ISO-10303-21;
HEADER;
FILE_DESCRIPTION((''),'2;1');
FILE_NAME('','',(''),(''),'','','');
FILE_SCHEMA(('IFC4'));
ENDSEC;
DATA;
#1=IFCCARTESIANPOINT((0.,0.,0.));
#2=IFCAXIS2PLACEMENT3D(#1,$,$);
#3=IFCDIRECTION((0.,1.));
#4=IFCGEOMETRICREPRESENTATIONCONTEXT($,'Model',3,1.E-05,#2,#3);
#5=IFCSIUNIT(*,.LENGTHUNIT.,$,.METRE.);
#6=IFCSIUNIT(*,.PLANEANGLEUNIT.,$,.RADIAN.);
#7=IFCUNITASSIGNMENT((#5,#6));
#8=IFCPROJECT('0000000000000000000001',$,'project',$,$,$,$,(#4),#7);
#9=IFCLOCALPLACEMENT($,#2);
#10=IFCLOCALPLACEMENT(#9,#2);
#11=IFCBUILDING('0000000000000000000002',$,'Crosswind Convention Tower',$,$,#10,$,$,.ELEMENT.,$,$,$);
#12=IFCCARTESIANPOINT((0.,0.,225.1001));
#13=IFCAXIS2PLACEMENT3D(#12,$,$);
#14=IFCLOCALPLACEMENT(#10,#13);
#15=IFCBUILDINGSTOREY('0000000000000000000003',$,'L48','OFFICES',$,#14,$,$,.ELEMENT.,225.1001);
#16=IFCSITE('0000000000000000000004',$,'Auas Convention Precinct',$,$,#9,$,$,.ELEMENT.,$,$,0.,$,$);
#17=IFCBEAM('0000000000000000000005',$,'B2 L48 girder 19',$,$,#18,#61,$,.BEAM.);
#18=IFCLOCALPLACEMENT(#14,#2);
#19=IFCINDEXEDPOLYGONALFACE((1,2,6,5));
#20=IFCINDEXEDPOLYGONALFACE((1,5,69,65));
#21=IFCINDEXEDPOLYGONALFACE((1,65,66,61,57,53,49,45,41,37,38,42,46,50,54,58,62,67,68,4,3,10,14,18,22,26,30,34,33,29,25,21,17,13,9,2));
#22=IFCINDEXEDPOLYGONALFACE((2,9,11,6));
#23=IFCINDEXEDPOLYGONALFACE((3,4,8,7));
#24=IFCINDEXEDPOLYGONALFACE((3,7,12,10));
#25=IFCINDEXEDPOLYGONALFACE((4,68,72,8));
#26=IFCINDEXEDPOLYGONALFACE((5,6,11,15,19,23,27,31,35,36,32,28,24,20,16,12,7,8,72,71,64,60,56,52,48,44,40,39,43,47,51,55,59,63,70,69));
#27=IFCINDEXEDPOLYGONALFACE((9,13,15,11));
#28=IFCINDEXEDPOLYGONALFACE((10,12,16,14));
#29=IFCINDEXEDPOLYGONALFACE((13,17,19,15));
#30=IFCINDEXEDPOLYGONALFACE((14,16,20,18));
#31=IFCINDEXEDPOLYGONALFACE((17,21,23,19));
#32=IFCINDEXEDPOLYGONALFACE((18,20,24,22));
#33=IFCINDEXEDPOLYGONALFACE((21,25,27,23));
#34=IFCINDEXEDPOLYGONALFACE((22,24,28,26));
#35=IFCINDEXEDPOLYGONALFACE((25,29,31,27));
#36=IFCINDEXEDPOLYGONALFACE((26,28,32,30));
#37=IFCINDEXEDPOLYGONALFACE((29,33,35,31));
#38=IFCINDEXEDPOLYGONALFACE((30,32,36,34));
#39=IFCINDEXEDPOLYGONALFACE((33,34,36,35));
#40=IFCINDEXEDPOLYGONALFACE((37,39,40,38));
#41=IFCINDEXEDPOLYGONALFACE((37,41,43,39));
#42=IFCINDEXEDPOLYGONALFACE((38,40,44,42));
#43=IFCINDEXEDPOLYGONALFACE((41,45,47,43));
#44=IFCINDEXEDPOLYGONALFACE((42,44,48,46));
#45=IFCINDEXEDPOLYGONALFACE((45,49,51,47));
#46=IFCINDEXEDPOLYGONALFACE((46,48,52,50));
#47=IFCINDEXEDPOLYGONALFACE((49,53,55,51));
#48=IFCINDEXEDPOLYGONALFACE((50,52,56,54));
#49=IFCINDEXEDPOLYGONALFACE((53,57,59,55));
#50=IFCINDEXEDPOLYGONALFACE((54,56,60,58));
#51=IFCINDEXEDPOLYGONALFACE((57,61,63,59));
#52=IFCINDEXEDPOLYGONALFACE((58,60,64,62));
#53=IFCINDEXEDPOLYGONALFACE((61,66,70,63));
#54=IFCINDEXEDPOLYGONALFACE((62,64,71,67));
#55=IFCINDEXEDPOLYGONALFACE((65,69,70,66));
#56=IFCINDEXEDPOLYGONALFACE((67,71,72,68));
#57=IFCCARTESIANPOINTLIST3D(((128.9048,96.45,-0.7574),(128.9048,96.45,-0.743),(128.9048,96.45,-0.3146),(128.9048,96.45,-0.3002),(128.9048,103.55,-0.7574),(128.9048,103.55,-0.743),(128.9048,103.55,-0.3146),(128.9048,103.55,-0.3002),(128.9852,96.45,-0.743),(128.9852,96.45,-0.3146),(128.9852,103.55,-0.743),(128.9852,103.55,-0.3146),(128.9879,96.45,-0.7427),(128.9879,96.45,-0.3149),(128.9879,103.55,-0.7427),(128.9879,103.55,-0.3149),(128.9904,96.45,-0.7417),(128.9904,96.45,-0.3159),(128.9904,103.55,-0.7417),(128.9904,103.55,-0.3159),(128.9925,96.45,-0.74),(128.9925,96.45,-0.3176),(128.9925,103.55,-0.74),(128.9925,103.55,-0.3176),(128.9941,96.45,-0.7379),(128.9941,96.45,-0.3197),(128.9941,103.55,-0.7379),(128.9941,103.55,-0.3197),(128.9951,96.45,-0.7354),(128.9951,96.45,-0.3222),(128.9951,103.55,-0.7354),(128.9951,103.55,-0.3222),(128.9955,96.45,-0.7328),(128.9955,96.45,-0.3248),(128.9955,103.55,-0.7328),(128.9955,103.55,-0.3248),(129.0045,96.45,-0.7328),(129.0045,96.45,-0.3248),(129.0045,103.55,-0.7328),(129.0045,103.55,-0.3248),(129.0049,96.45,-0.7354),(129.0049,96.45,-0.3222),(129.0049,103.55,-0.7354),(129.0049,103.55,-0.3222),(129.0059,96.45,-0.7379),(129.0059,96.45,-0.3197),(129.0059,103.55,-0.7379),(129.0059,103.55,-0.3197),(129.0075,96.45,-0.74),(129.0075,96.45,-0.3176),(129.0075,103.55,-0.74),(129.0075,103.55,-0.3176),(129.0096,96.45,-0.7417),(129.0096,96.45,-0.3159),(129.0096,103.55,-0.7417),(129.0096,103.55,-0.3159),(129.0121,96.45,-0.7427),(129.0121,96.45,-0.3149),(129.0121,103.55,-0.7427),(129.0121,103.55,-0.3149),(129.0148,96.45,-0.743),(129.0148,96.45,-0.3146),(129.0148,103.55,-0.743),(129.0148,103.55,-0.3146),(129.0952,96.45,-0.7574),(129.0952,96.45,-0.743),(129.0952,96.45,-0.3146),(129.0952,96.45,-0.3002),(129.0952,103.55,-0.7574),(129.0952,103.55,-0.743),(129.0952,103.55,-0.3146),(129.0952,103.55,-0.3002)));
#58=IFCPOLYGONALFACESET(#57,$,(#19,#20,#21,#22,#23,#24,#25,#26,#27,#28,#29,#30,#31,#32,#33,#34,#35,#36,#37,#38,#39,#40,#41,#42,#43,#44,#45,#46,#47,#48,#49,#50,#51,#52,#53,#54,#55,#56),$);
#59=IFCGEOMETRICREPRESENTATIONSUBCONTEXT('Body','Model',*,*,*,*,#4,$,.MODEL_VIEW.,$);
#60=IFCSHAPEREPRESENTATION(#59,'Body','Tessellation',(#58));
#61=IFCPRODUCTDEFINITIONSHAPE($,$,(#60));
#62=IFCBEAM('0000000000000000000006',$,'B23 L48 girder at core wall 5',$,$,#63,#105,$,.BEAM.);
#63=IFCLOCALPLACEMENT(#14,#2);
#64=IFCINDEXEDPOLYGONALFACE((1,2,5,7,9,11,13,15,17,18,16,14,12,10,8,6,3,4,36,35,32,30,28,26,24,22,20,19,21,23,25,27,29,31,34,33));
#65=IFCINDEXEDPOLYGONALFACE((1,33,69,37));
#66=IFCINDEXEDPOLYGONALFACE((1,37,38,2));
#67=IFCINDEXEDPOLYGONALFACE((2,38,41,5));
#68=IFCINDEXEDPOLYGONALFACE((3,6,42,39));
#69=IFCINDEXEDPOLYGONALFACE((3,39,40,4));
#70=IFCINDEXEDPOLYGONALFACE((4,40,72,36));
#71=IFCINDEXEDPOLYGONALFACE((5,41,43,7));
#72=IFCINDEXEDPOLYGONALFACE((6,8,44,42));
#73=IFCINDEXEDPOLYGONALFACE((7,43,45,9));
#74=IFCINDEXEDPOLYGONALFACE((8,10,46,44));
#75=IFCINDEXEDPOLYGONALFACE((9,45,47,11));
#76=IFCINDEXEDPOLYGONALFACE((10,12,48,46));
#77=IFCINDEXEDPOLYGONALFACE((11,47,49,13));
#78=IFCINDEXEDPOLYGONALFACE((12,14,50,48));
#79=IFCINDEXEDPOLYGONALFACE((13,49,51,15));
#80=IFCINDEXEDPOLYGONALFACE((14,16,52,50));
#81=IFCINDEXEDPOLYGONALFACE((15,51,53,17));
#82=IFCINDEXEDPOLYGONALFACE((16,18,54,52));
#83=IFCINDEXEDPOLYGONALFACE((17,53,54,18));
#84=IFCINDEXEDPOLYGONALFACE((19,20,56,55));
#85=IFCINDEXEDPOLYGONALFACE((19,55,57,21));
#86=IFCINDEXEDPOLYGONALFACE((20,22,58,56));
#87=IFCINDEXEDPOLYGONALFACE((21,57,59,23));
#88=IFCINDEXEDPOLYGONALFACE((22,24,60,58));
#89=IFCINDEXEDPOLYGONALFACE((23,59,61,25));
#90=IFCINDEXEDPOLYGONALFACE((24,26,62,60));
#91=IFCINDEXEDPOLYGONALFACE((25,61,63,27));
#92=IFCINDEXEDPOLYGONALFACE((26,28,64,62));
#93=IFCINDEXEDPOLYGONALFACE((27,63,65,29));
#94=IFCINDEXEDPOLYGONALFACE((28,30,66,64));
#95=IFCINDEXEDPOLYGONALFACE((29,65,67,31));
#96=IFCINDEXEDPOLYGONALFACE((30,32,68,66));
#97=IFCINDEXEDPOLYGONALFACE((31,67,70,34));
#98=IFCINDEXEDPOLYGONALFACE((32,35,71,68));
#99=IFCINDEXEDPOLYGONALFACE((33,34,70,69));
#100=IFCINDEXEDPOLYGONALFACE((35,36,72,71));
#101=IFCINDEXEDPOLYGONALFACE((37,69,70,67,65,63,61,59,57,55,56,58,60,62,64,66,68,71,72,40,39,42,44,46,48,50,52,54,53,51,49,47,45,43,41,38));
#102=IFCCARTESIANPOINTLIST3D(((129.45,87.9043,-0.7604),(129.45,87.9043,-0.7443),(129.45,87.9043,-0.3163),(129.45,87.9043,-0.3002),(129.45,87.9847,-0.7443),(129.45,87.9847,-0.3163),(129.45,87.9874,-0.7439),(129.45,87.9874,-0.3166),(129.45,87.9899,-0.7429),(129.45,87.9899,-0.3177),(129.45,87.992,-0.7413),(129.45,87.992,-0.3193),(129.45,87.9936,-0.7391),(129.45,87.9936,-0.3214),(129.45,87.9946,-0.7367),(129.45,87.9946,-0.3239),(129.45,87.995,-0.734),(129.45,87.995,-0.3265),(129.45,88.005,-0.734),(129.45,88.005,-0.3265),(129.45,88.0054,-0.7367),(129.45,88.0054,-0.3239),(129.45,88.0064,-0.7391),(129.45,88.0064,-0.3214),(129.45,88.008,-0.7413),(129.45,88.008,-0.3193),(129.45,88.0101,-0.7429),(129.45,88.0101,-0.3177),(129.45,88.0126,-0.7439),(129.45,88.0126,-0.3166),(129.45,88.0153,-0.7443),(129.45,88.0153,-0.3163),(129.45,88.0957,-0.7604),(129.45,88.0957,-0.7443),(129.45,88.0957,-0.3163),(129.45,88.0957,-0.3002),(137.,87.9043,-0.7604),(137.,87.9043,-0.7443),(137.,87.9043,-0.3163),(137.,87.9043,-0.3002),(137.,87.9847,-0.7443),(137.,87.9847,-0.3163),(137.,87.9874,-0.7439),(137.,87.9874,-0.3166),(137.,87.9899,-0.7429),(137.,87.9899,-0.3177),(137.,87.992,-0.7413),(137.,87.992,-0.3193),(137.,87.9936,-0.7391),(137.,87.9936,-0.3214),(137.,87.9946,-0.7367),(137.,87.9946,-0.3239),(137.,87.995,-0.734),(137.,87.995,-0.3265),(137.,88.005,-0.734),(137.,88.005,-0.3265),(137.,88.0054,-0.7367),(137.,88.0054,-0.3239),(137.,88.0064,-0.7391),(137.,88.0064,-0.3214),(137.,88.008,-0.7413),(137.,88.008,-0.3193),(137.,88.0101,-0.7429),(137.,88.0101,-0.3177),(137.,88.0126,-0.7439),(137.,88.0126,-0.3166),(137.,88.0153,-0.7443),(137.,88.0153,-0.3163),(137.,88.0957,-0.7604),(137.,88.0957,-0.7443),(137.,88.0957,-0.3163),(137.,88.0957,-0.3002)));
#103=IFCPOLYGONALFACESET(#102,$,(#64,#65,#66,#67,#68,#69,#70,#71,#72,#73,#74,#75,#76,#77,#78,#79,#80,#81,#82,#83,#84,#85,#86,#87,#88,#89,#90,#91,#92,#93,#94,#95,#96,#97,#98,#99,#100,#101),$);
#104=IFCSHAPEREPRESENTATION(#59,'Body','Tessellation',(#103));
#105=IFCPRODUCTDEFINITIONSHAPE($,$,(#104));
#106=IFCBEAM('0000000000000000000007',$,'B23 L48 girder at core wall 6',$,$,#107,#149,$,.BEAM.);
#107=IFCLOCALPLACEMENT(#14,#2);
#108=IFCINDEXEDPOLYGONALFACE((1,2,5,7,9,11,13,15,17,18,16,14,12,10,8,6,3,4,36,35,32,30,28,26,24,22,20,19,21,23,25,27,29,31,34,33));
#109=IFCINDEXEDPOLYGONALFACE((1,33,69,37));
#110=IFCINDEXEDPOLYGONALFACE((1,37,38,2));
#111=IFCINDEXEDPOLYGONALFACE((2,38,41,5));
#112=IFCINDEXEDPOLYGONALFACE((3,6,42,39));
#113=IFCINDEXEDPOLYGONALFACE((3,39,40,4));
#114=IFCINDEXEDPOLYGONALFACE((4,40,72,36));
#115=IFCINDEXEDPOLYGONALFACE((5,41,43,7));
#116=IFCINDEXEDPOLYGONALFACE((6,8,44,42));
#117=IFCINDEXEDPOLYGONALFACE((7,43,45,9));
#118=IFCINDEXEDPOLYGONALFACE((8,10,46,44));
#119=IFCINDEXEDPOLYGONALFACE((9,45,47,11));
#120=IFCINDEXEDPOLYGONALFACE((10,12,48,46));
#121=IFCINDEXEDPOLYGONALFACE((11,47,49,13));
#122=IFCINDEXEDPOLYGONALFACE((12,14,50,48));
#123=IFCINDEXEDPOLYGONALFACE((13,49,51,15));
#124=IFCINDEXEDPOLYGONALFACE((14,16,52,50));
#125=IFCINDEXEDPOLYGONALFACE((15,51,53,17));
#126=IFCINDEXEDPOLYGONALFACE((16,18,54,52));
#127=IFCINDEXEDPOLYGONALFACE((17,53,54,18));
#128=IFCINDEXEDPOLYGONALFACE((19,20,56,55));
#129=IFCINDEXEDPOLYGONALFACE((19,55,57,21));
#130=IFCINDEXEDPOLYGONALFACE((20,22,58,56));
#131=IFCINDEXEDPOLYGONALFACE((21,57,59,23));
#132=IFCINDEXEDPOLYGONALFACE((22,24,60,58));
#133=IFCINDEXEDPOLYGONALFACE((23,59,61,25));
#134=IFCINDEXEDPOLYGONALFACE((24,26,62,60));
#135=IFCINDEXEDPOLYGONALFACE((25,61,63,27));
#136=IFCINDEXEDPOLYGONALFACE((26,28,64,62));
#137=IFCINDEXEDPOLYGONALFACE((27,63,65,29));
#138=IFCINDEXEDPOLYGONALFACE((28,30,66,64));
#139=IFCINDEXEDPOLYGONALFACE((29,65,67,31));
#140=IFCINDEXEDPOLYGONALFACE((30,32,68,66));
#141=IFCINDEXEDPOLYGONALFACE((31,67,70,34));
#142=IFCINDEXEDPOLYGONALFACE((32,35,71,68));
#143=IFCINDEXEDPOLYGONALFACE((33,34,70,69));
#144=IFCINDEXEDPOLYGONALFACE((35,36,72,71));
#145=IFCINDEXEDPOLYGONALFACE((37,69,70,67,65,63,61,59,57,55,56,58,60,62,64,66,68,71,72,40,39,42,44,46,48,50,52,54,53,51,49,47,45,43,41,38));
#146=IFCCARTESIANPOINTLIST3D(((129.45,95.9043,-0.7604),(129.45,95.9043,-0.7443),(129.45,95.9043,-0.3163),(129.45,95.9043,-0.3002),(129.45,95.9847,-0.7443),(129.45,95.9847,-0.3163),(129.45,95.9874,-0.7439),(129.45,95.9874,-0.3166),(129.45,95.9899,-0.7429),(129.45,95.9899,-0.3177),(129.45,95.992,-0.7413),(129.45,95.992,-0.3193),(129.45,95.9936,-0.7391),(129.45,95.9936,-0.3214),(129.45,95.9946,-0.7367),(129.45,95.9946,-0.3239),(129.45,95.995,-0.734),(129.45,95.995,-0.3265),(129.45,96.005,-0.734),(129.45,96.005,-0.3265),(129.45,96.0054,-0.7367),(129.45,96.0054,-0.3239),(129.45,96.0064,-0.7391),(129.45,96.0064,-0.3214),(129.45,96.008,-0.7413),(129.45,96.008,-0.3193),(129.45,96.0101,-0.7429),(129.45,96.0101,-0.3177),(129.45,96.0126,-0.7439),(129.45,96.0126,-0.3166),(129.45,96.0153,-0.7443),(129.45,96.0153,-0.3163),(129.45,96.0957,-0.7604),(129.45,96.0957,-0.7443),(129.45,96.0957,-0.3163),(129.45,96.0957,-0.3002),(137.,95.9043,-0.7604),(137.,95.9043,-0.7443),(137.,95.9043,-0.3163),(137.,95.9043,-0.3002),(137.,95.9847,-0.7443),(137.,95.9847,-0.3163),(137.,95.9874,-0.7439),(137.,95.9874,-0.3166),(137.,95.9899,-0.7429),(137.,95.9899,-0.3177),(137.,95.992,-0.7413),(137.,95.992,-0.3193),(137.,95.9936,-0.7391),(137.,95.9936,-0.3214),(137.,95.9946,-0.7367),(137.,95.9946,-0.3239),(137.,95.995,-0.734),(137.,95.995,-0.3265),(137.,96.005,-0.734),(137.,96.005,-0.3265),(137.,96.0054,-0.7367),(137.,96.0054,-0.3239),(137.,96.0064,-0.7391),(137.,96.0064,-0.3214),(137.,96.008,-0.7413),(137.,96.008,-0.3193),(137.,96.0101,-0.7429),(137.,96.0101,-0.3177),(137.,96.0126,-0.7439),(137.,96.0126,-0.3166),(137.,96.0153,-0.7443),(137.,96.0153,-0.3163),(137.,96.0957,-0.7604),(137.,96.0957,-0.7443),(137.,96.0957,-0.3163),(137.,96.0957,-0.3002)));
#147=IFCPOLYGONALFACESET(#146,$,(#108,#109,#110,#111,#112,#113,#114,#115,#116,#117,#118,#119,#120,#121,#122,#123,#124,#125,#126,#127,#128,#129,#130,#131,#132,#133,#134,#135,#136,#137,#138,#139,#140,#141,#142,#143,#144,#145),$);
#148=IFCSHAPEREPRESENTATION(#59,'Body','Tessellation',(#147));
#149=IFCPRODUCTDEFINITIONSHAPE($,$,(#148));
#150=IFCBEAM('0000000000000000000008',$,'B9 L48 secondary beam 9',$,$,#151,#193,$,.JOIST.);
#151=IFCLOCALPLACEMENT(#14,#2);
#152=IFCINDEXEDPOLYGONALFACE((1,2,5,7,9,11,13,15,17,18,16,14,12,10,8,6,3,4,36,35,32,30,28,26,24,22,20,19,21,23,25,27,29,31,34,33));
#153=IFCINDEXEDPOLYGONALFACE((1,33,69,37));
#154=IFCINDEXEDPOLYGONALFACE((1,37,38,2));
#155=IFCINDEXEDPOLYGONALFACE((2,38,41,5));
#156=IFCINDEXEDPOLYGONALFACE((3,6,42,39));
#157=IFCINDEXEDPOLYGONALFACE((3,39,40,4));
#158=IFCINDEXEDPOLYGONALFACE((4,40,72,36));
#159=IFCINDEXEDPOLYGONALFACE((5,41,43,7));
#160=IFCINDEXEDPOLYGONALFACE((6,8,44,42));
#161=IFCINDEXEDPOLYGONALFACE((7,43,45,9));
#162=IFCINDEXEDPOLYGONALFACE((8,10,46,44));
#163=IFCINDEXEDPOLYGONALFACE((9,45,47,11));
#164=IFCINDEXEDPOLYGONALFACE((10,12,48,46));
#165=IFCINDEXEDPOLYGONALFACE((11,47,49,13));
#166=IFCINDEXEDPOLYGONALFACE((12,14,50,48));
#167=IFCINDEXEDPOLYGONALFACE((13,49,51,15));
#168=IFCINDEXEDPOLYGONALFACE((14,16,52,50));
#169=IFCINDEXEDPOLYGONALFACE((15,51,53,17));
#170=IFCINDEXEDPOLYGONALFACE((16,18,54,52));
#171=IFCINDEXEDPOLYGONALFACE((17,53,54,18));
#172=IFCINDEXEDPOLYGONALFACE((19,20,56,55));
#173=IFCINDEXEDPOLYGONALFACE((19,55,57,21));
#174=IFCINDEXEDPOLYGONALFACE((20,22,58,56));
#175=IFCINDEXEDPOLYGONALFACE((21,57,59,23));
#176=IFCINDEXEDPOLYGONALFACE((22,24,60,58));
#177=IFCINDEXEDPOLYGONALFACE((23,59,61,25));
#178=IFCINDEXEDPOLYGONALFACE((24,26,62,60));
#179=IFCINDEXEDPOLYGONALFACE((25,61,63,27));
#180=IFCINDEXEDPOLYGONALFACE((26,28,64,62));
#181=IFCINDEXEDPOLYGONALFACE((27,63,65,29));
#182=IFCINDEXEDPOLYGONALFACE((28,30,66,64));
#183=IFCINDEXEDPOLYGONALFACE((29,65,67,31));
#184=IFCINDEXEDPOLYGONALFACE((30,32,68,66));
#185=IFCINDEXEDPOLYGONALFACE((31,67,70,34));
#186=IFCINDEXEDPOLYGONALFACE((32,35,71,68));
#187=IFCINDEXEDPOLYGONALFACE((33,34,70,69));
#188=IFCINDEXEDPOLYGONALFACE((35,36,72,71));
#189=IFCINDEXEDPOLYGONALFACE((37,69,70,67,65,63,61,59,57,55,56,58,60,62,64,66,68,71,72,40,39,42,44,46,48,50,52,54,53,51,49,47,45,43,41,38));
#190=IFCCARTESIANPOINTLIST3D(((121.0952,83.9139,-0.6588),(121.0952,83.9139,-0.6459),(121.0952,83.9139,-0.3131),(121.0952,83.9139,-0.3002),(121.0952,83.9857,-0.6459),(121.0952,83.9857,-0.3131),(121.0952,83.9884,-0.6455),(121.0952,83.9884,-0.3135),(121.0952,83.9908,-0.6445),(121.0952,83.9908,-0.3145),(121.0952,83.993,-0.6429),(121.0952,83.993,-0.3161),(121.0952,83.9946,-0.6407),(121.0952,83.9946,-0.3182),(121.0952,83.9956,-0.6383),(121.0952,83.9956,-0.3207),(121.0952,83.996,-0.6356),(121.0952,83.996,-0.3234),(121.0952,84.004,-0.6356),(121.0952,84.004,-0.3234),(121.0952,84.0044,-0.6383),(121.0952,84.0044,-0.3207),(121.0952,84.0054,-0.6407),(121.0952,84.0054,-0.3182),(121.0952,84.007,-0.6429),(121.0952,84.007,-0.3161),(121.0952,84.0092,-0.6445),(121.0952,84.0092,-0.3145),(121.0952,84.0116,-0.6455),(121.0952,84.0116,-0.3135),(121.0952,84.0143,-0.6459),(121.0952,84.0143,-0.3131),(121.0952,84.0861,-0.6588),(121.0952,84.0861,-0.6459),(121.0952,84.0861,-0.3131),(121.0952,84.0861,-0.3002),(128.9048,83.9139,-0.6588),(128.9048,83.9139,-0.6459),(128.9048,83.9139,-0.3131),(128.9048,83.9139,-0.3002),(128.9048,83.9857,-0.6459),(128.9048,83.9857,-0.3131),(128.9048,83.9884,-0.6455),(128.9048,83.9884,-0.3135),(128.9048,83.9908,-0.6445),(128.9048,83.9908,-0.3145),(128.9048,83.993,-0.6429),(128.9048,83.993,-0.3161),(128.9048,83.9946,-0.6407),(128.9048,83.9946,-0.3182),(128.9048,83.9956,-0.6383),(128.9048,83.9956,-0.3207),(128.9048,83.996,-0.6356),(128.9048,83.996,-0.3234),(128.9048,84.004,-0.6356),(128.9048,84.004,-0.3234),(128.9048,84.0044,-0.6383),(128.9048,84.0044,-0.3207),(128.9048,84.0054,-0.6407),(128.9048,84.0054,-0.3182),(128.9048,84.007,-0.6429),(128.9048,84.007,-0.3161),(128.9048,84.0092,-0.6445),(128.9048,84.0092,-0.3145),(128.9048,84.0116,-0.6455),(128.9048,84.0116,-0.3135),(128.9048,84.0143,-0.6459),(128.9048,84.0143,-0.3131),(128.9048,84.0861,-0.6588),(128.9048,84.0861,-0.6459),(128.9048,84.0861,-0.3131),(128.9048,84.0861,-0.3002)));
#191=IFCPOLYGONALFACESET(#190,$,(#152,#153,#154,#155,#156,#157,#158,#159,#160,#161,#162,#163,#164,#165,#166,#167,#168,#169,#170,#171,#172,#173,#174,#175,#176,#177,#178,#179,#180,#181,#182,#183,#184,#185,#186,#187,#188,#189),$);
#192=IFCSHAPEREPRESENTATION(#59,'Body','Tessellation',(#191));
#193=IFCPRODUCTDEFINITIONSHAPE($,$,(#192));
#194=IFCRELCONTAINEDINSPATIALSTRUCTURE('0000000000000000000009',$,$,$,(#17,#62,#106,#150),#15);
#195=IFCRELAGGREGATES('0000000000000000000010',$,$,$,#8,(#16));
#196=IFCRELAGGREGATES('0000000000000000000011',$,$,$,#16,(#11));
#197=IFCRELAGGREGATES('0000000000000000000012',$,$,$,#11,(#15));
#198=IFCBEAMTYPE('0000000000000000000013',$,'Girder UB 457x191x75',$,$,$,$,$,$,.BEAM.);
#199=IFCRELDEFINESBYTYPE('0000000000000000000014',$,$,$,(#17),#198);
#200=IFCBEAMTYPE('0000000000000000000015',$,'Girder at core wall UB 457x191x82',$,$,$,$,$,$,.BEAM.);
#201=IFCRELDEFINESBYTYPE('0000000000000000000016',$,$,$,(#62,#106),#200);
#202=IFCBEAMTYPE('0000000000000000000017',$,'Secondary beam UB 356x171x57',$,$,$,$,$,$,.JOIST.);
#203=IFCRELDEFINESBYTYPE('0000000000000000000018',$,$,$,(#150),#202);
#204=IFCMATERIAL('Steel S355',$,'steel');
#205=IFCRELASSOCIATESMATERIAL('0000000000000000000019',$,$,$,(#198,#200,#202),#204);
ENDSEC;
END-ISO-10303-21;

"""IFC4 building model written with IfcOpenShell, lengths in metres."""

from ifc_helpers import new_model, si_unit, direction, frame, origin, origin_2d, place, context, subcontext, project, spatial, i_section, extrude, material, material_profile, profile_set, type_object, element, save


model = new_model("IFC4")

# Units and contexts
model_context = context("Model", 3, precision=1e-05, world=origin(), true_north=direction((0.0, 1.0)))
body_context = subcontext(model_context, "Body", "Model", "MODEL_VIEW")
ifc_project = project(units=[si_unit("LENGTHUNIT", "METRE"), si_unit("PLANEANGLEUNIT", "RADIAN")], contexts=[model_context])

# Site, building, storey
site_placement = place(None, origin())
site = spatial("IfcSite", under=ifc_project, at=site_placement, Name="Auas Convention Precinct", CompositionType="ELEMENT", RefElevation=0.0)
building_placement = place(site_placement, origin())
building = spatial("IfcBuilding", under=site, at=building_placement, Name="Crosswind Convention Tower", CompositionType="ELEMENT")
storey_placement = place(building_placement, frame((0.0, 0.0, 225.1001)))
storey = spatial("IfcBuildingStorey", under=building, at=storey_placement, Name="L48", Description="OFFICES", CompositionType="ELEMENT", Elevation=225.1001)

# Beams
ifc_material_1 = material(Name="Steel S355", Category="steel")
ifc_material_profile_1 = material_profile(ifc_material_1, i_section(OverallWidth=0.1904, OverallDepth=0.4573, WebThickness=0.009, FlangeThickness=0.0144, FilletRadius=0.0103, at=origin_2d()), Name="UB 457x191x75")
ifc_profile_set_1 = profile_set([ifc_material_profile_1], Name="Steel S355")
beam_type_1 = type_object("IfcBeamType", Name="Girder UB 457x191x75", PredefinedType="BEAM", material=ifc_profile_set_1)
for number, where, z_axis, x_axis, name in (
    (1, (129.0, 96.45, -0.5288), (0.0, 1.0, 0.0), (-1.0, 0.0, 0.0), "B2 L48 girder 19"),
):
    element("IfcBeam", number, at=place(storey_placement, frame(where, z_axis=z_axis, x_axis=x_axis)), inside=storey, type_object=beam_type_1, Name=name, PredefinedType="BEAM", context=body_context, shape_type="SweptSolid", body=[
        extrude(i_section(OverallWidth=0.1904, OverallDepth=0.4573, WebThickness=0.009, FlangeThickness=0.0144, FilletRadius=0.0103, at=origin_2d()), origin(), (0.0, 0.0, 1.0), 7.1001),
    ])
ifc_material_profile_2 = material_profile(ifc_material_1, i_section(OverallWidth=0.1914, OverallDepth=0.4602, WebThickness=0.01, FlangeThickness=0.0161, FilletRadius=0.0103, at=origin_2d()), Name="UB 457x191x82")
ifc_profile_set_2 = profile_set([ifc_material_profile_2], Name="Steel S355")
beam_type_2 = type_object("IfcBeamType", Name="Girder at core wall UB 457x191x82", PredefinedType="BEAM", material=ifc_profile_set_2)
for number, where, z_axis, x_axis, name in (
    (2, (129.45, 88.0, -0.5303), (1.0, 0.0, 0.0), (0.0, 1.0, 0.0), "B23 L48 girder at core wall 5"),
    (3, (129.45, 96.0, -0.5303), (1.0, 0.0, 0.0), (0.0, 1.0, 0.0), "B23 L48 girder at core wall 6"),
):
    element("IfcBeam", number, at=place(storey_placement, frame(where, z_axis=z_axis, x_axis=x_axis)), inside=storey, type_object=beam_type_2, Name=name, PredefinedType="BEAM", context=body_context, shape_type="SweptSolid", body=[
        extrude(i_section(OverallWidth=0.1914, OverallDepth=0.4602, WebThickness=0.01, FlangeThickness=0.0161, FilletRadius=0.0103, at=origin_2d()), origin(), (0.0, 0.0, 1.0), 7.55),
    ])
ifc_material_profile_3 = material_profile(ifc_material_1, i_section(OverallWidth=0.1721, OverallDepth=0.3586, WebThickness=0.0081, FlangeThickness=0.0129, FilletRadius=0.0103, at=origin_2d()), Name="UB 356x171x57")
ifc_profile_set_3 = profile_set([ifc_material_profile_3], Name="Steel S355")
beam_type_3 = type_object("IfcBeamType", Name="Secondary beam UB 356x171x57", PredefinedType="JOIST", material=ifc_profile_set_3)
for number, where, z_axis, x_axis, name in (
    (4, (121.0952, 84.0, -0.4795), (1.0, 0.0, 0.0), (0.0, 1.0, 0.0), "B9 L48 secondary beam 9"),
):
    element("IfcBeam", number, at=place(storey_placement, frame(where, z_axis=z_axis, x_axis=x_axis)), inside=storey, type_object=beam_type_3, Name=name, PredefinedType="JOIST", context=body_context, shape_type="SweptSolid", body=[
        extrude(i_section(OverallWidth=0.1721, OverallDepth=0.3586, WebThickness=0.0081, FlangeThickness=0.0129, FilletRadius=0.0103, at=origin_2d()), origin(), (0.0, 0.0, 1.0), 7.8096),
    ])

save(model, "model.ifc")
